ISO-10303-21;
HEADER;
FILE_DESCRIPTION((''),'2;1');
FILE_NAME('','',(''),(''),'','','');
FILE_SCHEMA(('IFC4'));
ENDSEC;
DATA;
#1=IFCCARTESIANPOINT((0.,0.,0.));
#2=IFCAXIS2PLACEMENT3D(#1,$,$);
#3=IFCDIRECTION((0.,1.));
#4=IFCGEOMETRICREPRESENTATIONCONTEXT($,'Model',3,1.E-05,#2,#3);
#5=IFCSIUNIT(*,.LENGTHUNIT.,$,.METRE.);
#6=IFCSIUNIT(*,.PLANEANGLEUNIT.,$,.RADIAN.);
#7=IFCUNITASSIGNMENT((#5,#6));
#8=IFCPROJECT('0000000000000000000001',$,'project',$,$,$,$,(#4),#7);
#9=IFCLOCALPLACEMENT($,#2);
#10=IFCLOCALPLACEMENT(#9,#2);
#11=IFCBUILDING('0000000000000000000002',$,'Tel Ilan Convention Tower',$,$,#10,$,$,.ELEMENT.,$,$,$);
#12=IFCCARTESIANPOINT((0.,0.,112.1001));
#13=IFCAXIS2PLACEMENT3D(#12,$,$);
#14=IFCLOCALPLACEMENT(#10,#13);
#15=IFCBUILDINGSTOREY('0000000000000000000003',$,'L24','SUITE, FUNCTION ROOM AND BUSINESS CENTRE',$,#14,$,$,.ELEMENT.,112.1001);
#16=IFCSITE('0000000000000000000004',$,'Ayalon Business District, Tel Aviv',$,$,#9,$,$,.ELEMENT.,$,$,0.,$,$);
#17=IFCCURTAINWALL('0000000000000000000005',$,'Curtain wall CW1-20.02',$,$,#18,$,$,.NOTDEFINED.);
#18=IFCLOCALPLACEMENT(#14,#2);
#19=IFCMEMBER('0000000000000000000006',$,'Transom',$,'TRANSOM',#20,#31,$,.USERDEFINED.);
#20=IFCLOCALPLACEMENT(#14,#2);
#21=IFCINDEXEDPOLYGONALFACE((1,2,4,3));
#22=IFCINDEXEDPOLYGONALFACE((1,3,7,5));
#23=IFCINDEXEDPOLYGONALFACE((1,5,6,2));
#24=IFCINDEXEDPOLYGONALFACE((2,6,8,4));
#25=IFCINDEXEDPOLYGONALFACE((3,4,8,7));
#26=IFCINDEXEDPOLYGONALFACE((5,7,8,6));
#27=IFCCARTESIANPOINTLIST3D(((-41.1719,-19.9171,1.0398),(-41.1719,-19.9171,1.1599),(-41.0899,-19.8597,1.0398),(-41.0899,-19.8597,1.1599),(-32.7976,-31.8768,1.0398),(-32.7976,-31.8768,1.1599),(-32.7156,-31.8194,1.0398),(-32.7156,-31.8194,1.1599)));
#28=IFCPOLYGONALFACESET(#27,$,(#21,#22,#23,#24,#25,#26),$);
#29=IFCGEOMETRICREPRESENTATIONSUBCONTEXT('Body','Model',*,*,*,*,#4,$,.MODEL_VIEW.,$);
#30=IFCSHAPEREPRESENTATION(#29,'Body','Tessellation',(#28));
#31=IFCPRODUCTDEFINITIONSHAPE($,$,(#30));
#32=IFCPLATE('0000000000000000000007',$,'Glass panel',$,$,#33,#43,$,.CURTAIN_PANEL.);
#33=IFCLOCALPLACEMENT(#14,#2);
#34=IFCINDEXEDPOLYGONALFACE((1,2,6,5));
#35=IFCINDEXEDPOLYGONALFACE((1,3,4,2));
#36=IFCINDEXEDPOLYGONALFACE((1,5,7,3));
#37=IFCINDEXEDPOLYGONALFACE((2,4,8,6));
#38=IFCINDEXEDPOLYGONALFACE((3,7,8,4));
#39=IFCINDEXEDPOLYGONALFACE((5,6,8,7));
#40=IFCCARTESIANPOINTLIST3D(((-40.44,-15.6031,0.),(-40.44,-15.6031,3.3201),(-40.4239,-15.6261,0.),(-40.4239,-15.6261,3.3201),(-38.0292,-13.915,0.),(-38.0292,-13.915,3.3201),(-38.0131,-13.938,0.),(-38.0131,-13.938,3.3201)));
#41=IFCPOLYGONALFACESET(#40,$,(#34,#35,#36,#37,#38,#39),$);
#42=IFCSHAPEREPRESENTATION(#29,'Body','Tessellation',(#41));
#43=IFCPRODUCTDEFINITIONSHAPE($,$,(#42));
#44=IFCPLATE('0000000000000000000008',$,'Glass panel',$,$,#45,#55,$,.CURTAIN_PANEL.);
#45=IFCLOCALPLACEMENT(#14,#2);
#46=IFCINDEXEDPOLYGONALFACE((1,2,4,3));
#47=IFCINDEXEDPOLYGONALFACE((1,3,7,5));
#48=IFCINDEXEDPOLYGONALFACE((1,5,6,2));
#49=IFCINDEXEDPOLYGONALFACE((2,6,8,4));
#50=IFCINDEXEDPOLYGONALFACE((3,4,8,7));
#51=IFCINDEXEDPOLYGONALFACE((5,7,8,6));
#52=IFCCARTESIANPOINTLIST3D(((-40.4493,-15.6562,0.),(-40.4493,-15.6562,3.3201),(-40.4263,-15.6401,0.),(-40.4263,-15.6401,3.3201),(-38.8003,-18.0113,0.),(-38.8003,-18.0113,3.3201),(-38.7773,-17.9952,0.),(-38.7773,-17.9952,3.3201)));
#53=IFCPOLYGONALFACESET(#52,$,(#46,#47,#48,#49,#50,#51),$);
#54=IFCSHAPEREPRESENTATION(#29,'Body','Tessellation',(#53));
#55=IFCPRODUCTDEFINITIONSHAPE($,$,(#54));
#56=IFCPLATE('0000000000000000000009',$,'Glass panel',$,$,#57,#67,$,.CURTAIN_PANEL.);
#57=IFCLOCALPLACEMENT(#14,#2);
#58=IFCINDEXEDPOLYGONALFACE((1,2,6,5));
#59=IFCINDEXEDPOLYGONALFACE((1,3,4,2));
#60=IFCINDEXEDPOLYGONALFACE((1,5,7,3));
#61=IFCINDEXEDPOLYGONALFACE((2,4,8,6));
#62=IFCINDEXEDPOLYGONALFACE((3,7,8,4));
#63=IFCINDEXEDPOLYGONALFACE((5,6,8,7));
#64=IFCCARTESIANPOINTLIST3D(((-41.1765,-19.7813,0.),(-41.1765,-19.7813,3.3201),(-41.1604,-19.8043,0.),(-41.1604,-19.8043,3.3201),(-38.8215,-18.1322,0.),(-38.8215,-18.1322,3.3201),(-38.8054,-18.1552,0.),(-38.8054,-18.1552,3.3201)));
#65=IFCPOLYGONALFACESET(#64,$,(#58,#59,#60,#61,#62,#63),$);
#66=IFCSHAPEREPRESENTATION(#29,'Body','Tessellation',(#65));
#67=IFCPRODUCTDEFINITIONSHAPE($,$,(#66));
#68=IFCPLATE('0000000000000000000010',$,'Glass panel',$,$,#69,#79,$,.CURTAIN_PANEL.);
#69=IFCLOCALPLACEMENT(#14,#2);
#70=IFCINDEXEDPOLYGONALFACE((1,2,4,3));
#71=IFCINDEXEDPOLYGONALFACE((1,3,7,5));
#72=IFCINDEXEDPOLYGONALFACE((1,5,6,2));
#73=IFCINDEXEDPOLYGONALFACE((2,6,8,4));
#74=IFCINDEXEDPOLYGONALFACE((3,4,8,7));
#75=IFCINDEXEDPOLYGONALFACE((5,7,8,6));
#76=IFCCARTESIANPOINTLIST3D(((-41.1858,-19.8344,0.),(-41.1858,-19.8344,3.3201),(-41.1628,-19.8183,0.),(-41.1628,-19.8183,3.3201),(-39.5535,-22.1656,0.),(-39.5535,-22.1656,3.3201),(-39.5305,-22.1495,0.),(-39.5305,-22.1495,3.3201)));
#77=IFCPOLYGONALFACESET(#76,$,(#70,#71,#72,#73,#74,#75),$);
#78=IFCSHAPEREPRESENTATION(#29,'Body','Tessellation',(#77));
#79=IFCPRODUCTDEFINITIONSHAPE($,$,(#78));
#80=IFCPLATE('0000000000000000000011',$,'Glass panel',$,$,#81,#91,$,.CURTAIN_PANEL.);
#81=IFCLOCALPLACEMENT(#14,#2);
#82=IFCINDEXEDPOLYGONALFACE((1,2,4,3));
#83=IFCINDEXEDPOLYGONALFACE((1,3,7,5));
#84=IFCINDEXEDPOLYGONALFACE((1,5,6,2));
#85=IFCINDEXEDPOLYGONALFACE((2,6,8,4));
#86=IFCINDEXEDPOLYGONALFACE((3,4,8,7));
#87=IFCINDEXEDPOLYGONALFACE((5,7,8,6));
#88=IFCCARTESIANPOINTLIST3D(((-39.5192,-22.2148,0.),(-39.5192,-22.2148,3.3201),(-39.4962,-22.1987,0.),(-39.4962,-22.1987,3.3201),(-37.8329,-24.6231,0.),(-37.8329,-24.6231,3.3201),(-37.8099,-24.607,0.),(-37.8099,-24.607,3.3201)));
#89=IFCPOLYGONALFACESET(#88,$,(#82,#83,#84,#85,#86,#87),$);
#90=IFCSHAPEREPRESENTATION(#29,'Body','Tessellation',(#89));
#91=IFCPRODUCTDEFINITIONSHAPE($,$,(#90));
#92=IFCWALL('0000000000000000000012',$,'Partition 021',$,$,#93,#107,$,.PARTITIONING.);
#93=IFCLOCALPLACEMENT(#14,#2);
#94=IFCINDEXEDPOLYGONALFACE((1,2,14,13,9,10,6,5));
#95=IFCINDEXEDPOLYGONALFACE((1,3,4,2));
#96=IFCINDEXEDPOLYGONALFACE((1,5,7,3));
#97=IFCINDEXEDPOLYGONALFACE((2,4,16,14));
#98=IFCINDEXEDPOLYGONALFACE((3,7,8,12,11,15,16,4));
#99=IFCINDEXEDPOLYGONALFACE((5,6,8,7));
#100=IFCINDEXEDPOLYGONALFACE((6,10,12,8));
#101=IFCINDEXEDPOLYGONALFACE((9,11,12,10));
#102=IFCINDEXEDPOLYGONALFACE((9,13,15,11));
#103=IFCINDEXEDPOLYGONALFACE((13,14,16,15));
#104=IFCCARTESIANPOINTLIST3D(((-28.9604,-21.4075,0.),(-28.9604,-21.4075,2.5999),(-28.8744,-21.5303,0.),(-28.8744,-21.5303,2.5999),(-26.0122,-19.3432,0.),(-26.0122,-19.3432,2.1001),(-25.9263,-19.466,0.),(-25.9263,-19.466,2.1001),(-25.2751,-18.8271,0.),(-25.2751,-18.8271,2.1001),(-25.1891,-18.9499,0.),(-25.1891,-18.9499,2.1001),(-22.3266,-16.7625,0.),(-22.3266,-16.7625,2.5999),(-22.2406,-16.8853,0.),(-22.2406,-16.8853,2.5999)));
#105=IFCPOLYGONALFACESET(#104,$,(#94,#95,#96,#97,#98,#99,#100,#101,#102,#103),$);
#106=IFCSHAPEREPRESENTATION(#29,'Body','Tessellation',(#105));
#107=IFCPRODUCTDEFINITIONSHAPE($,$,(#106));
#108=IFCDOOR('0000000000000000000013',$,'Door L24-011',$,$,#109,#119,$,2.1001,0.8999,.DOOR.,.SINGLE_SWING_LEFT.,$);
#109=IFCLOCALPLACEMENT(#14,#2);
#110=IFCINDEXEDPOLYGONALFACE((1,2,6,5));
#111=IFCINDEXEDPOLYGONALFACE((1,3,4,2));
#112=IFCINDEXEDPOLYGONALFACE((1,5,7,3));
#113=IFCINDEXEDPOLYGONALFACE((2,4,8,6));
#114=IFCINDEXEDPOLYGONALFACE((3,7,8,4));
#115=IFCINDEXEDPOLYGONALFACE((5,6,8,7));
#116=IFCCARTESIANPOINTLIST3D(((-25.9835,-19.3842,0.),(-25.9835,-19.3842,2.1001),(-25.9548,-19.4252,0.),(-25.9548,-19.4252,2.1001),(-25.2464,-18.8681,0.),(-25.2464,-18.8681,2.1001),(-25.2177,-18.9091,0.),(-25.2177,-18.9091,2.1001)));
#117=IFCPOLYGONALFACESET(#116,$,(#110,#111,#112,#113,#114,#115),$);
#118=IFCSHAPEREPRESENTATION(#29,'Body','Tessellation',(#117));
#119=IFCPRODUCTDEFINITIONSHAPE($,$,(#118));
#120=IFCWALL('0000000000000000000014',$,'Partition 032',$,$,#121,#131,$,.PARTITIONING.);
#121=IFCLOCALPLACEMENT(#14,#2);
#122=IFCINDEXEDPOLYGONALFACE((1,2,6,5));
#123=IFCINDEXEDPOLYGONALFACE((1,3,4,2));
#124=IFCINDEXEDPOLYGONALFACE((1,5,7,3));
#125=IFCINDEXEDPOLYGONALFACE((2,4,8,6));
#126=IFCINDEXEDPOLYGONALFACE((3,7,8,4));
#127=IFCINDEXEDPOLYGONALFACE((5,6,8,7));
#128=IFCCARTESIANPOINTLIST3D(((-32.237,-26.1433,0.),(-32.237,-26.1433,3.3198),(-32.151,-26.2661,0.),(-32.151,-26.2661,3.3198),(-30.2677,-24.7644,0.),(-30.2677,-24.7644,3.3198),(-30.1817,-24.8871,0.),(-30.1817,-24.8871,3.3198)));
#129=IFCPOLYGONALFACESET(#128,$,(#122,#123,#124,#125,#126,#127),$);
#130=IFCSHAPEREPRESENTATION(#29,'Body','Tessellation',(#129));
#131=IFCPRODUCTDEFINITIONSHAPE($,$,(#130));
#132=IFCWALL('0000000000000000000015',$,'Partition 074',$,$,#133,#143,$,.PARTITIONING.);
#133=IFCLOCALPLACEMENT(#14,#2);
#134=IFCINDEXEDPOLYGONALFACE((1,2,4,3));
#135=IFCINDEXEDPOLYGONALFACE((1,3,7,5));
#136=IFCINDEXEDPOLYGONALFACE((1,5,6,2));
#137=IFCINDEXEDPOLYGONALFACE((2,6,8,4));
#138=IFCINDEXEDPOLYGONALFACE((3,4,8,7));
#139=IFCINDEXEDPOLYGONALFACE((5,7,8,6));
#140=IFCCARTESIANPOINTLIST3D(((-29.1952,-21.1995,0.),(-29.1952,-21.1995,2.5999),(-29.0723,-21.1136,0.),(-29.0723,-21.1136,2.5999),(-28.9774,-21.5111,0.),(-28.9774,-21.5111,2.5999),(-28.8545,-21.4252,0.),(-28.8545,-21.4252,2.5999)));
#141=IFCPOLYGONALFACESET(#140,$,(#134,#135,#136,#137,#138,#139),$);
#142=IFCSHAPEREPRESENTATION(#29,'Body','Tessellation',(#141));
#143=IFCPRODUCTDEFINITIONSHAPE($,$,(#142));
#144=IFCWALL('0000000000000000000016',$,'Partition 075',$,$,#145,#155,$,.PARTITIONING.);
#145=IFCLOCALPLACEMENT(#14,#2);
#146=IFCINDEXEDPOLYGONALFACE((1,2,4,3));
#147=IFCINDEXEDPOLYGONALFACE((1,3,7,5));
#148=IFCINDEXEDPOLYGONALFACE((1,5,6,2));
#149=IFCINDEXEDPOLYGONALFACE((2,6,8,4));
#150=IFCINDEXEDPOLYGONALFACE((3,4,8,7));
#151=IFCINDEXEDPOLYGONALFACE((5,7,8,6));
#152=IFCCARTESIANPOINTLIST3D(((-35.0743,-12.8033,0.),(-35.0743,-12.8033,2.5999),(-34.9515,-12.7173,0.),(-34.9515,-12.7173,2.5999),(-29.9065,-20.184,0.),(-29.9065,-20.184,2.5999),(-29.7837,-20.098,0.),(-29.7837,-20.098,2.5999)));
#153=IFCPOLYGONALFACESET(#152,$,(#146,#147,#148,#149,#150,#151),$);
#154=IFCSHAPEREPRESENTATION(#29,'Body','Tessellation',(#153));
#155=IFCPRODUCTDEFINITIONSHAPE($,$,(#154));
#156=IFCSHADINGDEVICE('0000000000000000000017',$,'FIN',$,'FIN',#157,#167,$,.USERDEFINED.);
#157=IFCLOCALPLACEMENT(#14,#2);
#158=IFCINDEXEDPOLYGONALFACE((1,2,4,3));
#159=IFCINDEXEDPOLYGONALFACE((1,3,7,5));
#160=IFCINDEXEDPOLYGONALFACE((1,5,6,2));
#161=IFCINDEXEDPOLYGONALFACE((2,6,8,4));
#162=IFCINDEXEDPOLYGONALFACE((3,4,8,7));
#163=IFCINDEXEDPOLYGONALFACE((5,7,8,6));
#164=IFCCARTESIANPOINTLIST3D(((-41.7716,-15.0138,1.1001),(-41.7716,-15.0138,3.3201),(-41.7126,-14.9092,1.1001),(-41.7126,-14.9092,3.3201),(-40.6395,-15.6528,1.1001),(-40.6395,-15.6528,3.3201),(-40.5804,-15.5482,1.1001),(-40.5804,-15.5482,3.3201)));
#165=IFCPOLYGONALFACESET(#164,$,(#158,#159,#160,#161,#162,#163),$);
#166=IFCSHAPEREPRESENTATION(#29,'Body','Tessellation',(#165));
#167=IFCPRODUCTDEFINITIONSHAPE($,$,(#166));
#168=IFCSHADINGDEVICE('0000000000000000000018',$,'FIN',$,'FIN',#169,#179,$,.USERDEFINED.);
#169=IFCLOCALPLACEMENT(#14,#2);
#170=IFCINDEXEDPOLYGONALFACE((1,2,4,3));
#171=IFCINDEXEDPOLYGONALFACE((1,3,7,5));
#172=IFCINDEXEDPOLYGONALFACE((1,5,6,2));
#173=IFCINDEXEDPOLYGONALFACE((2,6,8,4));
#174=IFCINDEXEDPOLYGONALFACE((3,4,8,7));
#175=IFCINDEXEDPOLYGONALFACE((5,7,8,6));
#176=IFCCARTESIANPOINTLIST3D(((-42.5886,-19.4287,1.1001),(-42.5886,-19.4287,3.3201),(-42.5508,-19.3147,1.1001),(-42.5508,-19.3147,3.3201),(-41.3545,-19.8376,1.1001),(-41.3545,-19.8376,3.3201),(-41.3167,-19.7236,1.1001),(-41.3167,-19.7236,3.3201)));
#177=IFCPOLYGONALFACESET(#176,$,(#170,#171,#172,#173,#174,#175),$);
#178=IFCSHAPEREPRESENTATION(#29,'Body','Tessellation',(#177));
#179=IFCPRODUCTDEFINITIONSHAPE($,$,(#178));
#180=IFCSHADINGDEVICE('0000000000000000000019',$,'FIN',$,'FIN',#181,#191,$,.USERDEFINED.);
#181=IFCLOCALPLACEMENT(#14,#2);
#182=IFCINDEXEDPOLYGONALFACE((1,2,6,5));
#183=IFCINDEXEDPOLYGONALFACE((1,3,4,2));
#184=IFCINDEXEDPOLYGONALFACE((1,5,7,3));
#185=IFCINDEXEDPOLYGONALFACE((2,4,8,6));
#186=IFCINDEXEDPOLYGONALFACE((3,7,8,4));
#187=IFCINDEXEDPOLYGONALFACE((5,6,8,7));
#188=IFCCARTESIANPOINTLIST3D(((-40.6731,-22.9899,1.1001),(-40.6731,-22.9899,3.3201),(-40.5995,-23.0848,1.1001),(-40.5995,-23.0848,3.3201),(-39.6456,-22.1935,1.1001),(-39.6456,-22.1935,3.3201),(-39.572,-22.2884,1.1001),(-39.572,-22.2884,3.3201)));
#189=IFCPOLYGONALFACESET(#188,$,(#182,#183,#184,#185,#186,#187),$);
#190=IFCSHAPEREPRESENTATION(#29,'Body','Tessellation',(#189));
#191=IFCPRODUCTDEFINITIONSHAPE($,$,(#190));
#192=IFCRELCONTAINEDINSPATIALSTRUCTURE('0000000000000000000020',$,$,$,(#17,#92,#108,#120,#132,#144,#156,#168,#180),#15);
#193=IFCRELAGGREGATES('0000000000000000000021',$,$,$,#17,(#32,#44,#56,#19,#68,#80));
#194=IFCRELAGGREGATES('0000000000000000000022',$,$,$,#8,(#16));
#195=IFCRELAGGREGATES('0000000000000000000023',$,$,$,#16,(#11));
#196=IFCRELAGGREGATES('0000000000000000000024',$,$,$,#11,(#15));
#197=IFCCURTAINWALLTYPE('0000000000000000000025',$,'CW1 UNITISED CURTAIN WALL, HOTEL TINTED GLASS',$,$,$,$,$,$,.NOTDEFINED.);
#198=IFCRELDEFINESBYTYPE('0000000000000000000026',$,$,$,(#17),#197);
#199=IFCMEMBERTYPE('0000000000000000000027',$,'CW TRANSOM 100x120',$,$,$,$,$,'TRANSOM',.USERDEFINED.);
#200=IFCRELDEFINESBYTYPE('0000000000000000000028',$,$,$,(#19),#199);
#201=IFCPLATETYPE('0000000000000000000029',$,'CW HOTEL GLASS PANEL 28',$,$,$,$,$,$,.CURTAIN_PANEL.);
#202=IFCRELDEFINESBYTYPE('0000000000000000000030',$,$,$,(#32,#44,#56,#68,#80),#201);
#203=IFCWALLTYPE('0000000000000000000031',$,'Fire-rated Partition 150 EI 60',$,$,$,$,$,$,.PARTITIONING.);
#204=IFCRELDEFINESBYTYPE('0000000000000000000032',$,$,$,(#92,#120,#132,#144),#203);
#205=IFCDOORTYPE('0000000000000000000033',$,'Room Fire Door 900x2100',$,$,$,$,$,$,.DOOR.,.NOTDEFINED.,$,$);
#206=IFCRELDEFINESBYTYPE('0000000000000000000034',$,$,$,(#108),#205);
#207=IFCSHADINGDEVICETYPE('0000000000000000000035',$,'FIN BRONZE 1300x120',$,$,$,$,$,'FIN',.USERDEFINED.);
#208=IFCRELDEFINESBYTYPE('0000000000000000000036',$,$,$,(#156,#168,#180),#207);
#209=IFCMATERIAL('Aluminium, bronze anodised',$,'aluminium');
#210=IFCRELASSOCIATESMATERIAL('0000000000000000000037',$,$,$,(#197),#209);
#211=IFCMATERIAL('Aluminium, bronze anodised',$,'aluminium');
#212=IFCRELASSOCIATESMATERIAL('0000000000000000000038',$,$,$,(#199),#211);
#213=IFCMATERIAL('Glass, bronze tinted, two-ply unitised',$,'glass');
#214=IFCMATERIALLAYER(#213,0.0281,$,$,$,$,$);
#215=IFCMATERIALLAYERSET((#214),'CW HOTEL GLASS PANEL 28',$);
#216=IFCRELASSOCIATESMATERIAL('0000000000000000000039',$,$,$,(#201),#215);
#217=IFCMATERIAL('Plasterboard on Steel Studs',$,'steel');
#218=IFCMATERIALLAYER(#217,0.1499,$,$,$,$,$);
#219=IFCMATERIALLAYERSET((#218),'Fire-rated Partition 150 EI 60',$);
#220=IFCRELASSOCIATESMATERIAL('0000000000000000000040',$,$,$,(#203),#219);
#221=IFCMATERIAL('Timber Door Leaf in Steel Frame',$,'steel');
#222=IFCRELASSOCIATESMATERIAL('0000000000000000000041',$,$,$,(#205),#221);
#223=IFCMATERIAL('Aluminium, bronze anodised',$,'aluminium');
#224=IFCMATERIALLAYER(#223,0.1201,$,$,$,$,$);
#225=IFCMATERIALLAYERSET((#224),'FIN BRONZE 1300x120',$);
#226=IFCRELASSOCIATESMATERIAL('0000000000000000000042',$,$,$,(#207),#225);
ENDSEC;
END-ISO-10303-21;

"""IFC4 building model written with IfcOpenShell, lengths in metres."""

from ifc_helpers import new_model, si_unit, direction, frame, frame_2d, origin, origin_2d, place, context, subcontext, project, spatial, rectangle, extrude, material, layer, layer_set, material_profile, profile_set, type_object, element, fill, aggregate, save


model = new_model("IFC4")

# Units and contexts
model_context = context("Model", 3, precision=1e-05, world=origin(), true_north=direction((0.0, 1.0)))
body_context = subcontext(model_context, "Body", "Model", "MODEL_VIEW")
ifc_project = project(units=[si_unit("LENGTHUNIT", "METRE"), si_unit("PLANEANGLEUNIT", "RADIAN")], contexts=[model_context])

# Site, building, storey
site_placement = place(None, origin())
site = spatial("IfcSite", under=ifc_project, at=site_placement, Name="Ayalon Business District, Tel Aviv", CompositionType="ELEMENT", RefElevation=0.0)
building_placement = place(site_placement, origin())
building = spatial("IfcBuilding", under=site, at=building_placement, Name="Tel Ilan Convention Tower", CompositionType="ELEMENT")
storey_placement = place(building_placement, frame((0.0, 0.0, 112.1001)))
storey = spatial("IfcBuildingStorey", under=building, at=storey_placement, Name="L24", Description="SUITE, FUNCTION ROOM AND BUSINESS CENTRE", CompositionType="ELEMENT", Elevation=112.1001)

# Curtain wall, member, plates
ifc_material_1 = material(Name="Aluminium, bronze anodised", Category="aluminium")
curtain_wall_type = type_object("IfcCurtainWallType", Name="CW1 UNITISED CURTAIN WALL, HOTEL TINTED GLASS", PredefinedType="NOTDEFINED", material=ifc_material_1)
curtain_wall_placement = place(storey_placement, origin())
curtain_wall = element("IfcCurtainWall", 1, at=curtain_wall_placement, inside=storey, type_object=curtain_wall_type, Name="Curtain wall CW1-20.02", PredefinedType="NOTDEFINED")
ifc_material_2 = material(Name="Aluminium, bronze anodised", Category="aluminium")
ifc_material_profile_1 = material_profile(ifc_material_2, rectangle(XDim=0.1001, YDim=0.1201, at=origin_2d()), Name="CW TRANSOM 100x120")
ifc_profile_set_1 = profile_set([ifc_material_profile_1], Name="Aluminium, bronze anodised")
member_type_1 = type_object("IfcMemberType", Name="CW TRANSOM 100x120", ElementType="TRANSOM", PredefinedType="USERDEFINED", material=ifc_profile_set_1)
member_1_placement = place(storey_placement, frame((-41.1309, -19.8884, 1.0999), z_axis=(0.573576, -0.819153, 0.0), x_axis=(0.819153, 0.573576, 0.0)))
member_1 = element("IfcMember", 2, at=member_1_placement, type_object=member_type_1, Name="Transom", ObjectType="TRANSOM", PredefinedType="USERDEFINED", context=body_context, shape_type="SweptSolid", body=[
    extrude(rectangle(XDim=0.1001, YDim=0.1201, at=origin_2d()), origin(), (0.0, 0.0, 1.0), 14.6001),
])
ifc_material_3 = material(Name="Glass, bronze tinted, two-ply unitised", Category="glass")
ifc_layer_1 = layer(ifc_material_3, 0.0281)
ifc_layer_set_1 = layer_set([ifc_layer_1], Name="CW HOTEL GLASS PANEL 28")
plate_type = type_object("IfcPlateType", Name="CW HOTEL GLASS PANEL 28", PredefinedType="CURTAIN_PANEL", material=ifc_layer_set_1)
plate_1_placement = place(storey_placement, frame((-39.2266, -14.7705, 0.0), z_axis=(0.0, 0.0, 1.0), x_axis=(-0.819152, -0.573576, 0.0)))
plate_1 = element("IfcPlate", 3, at=plate_1_placement, type_object=plate_type, Name="Glass panel", PredefinedType="CURTAIN_PANEL", context=body_context, shape_type="SweptSolid", body=[
    extrude(rectangle(XDim=2.9431, YDim=0.0281, at=origin_2d()), origin(), (0.0, 0.0, 1.0), 3.3201),
])
plate_2_placement = place(storey_placement, frame((-39.6133, -16.8257, 0.0), z_axis=(0.0, 0.0, 1.0), x_axis=(0.573576, -0.819152, 0.0)))
plate_2 = element("IfcPlate", 4, at=plate_2_placement, type_object=plate_type, Name="Glass panel", PredefinedType="CURTAIN_PANEL", context=body_context, shape_type="SweptSolid", body=[
    extrude(rectangle(XDim=2.875, YDim=0.0281, at=origin_2d()), origin(), (0.0, 0.0, 1.0), 3.3201),
])
plate_3_placement = place(storey_placement, frame((-39.991, -18.9683, 0.0), z_axis=(0.0, 0.0, 1.0), x_axis=(-0.819152, -0.573576, 0.0)))
plate_3 = element("IfcPlate", 5, at=plate_3_placement, type_object=plate_type, Name="Glass panel", PredefinedType="CURTAIN_PANEL", context=body_context, shape_type="SweptSolid", body=[
    extrude(rectangle(XDim=2.875, YDim=0.0281, at=origin_2d()), origin(), (0.0, 0.0, 1.0), 3.3201),
])
plate_4_placement = place(storey_placement, frame((-40.3582, -20.9919, 0.0), z_axis=(0.0, 0.0, 1.0), x_axis=(0.573576, -0.819152, 0.0)))
plate_4 = element("IfcPlate", 6, at=plate_4_placement, type_object=plate_type, Name="Glass panel", PredefinedType="CURTAIN_PANEL", context=body_context, shape_type="SweptSolid", body=[
    extrude(rectangle(XDim=2.8459, YDim=0.0281, at=origin_2d()), origin(), (0.0, 0.0, 1.0), 3.3201),
])
plate_5_placement = place(storey_placement, frame((-38.6646, -23.4109, 0.0), z_axis=(0.0, 0.0, 1.0), x_axis=(0.573576, -0.819152, 0.0)))
plate_5 = element("IfcPlate", 7, at=plate_5_placement, type_object=plate_type, Name="Glass panel", PredefinedType="CURTAIN_PANEL", context=body_context, shape_type="SweptSolid", body=[
    extrude(rectangle(XDim=2.9399, YDim=0.0281, at=origin_2d()), origin(), (0.0, 0.0, 1.0), 3.3201),
])
aggregate(curtain_wall, [plate_1, plate_2, plate_3, member_1, plate_4, plate_5])

# Wall, opening, door
ifc_material_4 = material(Name="Plasterboard on Steel Studs", Category="steel")
ifc_layer_2 = layer(ifc_material_4, 0.1499)
ifc_layer_set_2 = layer_set([ifc_layer_2], Name="Fire-rated Partition 150 EI 60")
wall_type = type_object("IfcWallType", Name="Fire-rated Partition 150 EI 60", PredefinedType="PARTITIONING", material=ifc_layer_set_2)
wall_1_placement = place(storey_placement, frame((-28.9175, -21.469, 0.0), z_axis=(0.0, 0.0, 1.0), x_axis=(0.819153, 0.573576, 0.0)))
wall_1 = element("IfcWall", 8, at=wall_1_placement, inside=storey, type_object=wall_type, Name="Partition 021", PredefinedType="PARTITIONING", context=body_context, shape_type="SweptSolid", body=[
    extrude(rectangle(XDim=8.0984, YDim=0.1499, at=frame_2d((4.0493, 0.0))), origin(), (0.0, 0.0, 1.0), 2.5999),
])
opening_placement = place(wall_1_placement, frame((3.5991, 0.0, 0.0)))
opening = element("IfcOpeningElement", 9, at=opening_placement, cuts=wall_1, PredefinedType="OPENING", context=body_context, shape_type="SweptSolid", body=[
    extrude(rectangle(XDim=0.8999, YDim=2.1001, at=frame_2d((0.45, 1.05))), frame((0.0, 0.085, 0.0), z_axis=(0.0, -1.0, 0.0), x_axis=(1.0, 0.0, 0.0)), (0.0, 0.0, 1.0), 0.1699),
])
ifc_material_5 = material(Name="Timber Door Leaf in Steel Frame", Category="steel")
door_type = type_object("IfcDoorType", Name="Room Fire Door 900x2100", OperationType="NOTDEFINED", PredefinedType="DOOR", material=ifc_material_5)
door_placement = place(opening_placement, origin())
door = element("IfcDoor", 10, at=door_placement, inside=storey, type_object=door_type, Name="Door L24-011", OperationType="SINGLE_SWING_LEFT", OverallHeight=2.1001, OverallWidth=0.8999, PredefinedType="DOOR", context=body_context, shape_type="SweptSolid", body=[
    extrude(rectangle(XDim=0.8999, YDim=2.1001, at=frame_2d((0.45, 1.05))), frame((0.0, 0.0249, 0.0), z_axis=(0.0, -1.0, 0.0), x_axis=(1.0, 0.0, 0.0)), (0.0, 0.0, 1.0), 0.05),
])
fill(opening, door)

# Walls
wall_2_placement = place(storey_placement, frame((-30.2246, -24.8257, 0.0), z_axis=(0.0, 0.0, 1.0), x_axis=(-0.819146, -0.573585, 0.0)))
element("IfcWall", 11, at=wall_2_placement, inside=storey, type_object=wall_type, Name="Partition 032", PredefinedType="PARTITIONING", context=body_context, shape_type="SweptSolid", body=[
    extrude(rectangle(XDim=2.4041, YDim=0.1499, at=frame_2d((1.2021, 0.0))), origin(), (0.0, 0.0, 1.0), 3.3198),
])
wall_3_placement = place(storey_placement, frame((-28.916, -21.468, 0.0), z_axis=(0.0, 0.0, 1.0), x_axis=(-0.572945, 0.819594, 0.0)))
element("IfcWall", 12, at=wall_3_placement, inside=storey, type_object=wall_type, Name="Partition 074", PredefinedType="PARTITIONING", context=body_context, shape_type="SweptSolid", body=[
    extrude(rectangle(XDim=0.3801, YDim=0.1499, at=frame_2d((0.1899, 0.0))), origin(), (0.0, 0.0, 1.0), 2.5999),
])
wall_4_placement = place(storey_placement, frame((-29.8452, -20.1409, 0.0), z_axis=(0.0, 0.0, 1.0), x_axis=(-0.573559, 0.819164, 0.0)))
element("IfcWall", 13, at=wall_4_placement, inside=storey, type_object=wall_type, Name="Partition 075", PredefinedType="PARTITIONING", context=body_context, shape_type="SweptSolid", body=[
    extrude(rectangle(XDim=9.01, YDim=0.1499, at=frame_2d((4.5049, 0.0))), origin(), (0.0, 0.0, 1.0), 2.5999),
])

# Shading devices
ifc_material_6 = material(Name="Aluminium, bronze anodised", Category="aluminium")
ifc_layer_3 = layer(ifc_material_6, 0.1201)
ifc_layer_set_3 = layer_set([ifc_layer_3], Name="FIN BRONZE 1300x120")
shading_device_type = type_object("IfcShadingDeviceType", Name="FIN BRONZE 1300x120", ElementType="FIN", PredefinedType="USERDEFINED", material=ifc_layer_set_3)
for number, where, z_axis, x_axis, name in (
    (14, (-41.176, -15.281, 1.1001), (0.0, 0.0, 1.0), (-0.870833, 0.491579, 0.0), "FIN"),
    (15, (-41.9526, -19.5762, 1.1001), (0.0, 0.0, 1.0), (-0.949243, 0.314545, 0.0), "FIN"),
    (16, (-40.1226, -22.6392, 1.1001), (0.0, 0.0, 1.0), (-0.790393, -0.612601, 0.0), "FIN"),
):
    element("IfcShadingDevice", number, at=place(storey_placement, frame(where, z_axis=z_axis, x_axis=x_axis)), inside=storey, type_object=shading_device_type, Name=name, ObjectType="FIN", PredefinedType="USERDEFINED", context=body_context, shape_type="SweptSolid", body=[
        extrude(rectangle(XDim=1.3, YDim=0.1201, at=origin_2d()), origin(), (0.0, 0.0, 1.0), 2.22),
    ])

save(model, "model.ifc")
